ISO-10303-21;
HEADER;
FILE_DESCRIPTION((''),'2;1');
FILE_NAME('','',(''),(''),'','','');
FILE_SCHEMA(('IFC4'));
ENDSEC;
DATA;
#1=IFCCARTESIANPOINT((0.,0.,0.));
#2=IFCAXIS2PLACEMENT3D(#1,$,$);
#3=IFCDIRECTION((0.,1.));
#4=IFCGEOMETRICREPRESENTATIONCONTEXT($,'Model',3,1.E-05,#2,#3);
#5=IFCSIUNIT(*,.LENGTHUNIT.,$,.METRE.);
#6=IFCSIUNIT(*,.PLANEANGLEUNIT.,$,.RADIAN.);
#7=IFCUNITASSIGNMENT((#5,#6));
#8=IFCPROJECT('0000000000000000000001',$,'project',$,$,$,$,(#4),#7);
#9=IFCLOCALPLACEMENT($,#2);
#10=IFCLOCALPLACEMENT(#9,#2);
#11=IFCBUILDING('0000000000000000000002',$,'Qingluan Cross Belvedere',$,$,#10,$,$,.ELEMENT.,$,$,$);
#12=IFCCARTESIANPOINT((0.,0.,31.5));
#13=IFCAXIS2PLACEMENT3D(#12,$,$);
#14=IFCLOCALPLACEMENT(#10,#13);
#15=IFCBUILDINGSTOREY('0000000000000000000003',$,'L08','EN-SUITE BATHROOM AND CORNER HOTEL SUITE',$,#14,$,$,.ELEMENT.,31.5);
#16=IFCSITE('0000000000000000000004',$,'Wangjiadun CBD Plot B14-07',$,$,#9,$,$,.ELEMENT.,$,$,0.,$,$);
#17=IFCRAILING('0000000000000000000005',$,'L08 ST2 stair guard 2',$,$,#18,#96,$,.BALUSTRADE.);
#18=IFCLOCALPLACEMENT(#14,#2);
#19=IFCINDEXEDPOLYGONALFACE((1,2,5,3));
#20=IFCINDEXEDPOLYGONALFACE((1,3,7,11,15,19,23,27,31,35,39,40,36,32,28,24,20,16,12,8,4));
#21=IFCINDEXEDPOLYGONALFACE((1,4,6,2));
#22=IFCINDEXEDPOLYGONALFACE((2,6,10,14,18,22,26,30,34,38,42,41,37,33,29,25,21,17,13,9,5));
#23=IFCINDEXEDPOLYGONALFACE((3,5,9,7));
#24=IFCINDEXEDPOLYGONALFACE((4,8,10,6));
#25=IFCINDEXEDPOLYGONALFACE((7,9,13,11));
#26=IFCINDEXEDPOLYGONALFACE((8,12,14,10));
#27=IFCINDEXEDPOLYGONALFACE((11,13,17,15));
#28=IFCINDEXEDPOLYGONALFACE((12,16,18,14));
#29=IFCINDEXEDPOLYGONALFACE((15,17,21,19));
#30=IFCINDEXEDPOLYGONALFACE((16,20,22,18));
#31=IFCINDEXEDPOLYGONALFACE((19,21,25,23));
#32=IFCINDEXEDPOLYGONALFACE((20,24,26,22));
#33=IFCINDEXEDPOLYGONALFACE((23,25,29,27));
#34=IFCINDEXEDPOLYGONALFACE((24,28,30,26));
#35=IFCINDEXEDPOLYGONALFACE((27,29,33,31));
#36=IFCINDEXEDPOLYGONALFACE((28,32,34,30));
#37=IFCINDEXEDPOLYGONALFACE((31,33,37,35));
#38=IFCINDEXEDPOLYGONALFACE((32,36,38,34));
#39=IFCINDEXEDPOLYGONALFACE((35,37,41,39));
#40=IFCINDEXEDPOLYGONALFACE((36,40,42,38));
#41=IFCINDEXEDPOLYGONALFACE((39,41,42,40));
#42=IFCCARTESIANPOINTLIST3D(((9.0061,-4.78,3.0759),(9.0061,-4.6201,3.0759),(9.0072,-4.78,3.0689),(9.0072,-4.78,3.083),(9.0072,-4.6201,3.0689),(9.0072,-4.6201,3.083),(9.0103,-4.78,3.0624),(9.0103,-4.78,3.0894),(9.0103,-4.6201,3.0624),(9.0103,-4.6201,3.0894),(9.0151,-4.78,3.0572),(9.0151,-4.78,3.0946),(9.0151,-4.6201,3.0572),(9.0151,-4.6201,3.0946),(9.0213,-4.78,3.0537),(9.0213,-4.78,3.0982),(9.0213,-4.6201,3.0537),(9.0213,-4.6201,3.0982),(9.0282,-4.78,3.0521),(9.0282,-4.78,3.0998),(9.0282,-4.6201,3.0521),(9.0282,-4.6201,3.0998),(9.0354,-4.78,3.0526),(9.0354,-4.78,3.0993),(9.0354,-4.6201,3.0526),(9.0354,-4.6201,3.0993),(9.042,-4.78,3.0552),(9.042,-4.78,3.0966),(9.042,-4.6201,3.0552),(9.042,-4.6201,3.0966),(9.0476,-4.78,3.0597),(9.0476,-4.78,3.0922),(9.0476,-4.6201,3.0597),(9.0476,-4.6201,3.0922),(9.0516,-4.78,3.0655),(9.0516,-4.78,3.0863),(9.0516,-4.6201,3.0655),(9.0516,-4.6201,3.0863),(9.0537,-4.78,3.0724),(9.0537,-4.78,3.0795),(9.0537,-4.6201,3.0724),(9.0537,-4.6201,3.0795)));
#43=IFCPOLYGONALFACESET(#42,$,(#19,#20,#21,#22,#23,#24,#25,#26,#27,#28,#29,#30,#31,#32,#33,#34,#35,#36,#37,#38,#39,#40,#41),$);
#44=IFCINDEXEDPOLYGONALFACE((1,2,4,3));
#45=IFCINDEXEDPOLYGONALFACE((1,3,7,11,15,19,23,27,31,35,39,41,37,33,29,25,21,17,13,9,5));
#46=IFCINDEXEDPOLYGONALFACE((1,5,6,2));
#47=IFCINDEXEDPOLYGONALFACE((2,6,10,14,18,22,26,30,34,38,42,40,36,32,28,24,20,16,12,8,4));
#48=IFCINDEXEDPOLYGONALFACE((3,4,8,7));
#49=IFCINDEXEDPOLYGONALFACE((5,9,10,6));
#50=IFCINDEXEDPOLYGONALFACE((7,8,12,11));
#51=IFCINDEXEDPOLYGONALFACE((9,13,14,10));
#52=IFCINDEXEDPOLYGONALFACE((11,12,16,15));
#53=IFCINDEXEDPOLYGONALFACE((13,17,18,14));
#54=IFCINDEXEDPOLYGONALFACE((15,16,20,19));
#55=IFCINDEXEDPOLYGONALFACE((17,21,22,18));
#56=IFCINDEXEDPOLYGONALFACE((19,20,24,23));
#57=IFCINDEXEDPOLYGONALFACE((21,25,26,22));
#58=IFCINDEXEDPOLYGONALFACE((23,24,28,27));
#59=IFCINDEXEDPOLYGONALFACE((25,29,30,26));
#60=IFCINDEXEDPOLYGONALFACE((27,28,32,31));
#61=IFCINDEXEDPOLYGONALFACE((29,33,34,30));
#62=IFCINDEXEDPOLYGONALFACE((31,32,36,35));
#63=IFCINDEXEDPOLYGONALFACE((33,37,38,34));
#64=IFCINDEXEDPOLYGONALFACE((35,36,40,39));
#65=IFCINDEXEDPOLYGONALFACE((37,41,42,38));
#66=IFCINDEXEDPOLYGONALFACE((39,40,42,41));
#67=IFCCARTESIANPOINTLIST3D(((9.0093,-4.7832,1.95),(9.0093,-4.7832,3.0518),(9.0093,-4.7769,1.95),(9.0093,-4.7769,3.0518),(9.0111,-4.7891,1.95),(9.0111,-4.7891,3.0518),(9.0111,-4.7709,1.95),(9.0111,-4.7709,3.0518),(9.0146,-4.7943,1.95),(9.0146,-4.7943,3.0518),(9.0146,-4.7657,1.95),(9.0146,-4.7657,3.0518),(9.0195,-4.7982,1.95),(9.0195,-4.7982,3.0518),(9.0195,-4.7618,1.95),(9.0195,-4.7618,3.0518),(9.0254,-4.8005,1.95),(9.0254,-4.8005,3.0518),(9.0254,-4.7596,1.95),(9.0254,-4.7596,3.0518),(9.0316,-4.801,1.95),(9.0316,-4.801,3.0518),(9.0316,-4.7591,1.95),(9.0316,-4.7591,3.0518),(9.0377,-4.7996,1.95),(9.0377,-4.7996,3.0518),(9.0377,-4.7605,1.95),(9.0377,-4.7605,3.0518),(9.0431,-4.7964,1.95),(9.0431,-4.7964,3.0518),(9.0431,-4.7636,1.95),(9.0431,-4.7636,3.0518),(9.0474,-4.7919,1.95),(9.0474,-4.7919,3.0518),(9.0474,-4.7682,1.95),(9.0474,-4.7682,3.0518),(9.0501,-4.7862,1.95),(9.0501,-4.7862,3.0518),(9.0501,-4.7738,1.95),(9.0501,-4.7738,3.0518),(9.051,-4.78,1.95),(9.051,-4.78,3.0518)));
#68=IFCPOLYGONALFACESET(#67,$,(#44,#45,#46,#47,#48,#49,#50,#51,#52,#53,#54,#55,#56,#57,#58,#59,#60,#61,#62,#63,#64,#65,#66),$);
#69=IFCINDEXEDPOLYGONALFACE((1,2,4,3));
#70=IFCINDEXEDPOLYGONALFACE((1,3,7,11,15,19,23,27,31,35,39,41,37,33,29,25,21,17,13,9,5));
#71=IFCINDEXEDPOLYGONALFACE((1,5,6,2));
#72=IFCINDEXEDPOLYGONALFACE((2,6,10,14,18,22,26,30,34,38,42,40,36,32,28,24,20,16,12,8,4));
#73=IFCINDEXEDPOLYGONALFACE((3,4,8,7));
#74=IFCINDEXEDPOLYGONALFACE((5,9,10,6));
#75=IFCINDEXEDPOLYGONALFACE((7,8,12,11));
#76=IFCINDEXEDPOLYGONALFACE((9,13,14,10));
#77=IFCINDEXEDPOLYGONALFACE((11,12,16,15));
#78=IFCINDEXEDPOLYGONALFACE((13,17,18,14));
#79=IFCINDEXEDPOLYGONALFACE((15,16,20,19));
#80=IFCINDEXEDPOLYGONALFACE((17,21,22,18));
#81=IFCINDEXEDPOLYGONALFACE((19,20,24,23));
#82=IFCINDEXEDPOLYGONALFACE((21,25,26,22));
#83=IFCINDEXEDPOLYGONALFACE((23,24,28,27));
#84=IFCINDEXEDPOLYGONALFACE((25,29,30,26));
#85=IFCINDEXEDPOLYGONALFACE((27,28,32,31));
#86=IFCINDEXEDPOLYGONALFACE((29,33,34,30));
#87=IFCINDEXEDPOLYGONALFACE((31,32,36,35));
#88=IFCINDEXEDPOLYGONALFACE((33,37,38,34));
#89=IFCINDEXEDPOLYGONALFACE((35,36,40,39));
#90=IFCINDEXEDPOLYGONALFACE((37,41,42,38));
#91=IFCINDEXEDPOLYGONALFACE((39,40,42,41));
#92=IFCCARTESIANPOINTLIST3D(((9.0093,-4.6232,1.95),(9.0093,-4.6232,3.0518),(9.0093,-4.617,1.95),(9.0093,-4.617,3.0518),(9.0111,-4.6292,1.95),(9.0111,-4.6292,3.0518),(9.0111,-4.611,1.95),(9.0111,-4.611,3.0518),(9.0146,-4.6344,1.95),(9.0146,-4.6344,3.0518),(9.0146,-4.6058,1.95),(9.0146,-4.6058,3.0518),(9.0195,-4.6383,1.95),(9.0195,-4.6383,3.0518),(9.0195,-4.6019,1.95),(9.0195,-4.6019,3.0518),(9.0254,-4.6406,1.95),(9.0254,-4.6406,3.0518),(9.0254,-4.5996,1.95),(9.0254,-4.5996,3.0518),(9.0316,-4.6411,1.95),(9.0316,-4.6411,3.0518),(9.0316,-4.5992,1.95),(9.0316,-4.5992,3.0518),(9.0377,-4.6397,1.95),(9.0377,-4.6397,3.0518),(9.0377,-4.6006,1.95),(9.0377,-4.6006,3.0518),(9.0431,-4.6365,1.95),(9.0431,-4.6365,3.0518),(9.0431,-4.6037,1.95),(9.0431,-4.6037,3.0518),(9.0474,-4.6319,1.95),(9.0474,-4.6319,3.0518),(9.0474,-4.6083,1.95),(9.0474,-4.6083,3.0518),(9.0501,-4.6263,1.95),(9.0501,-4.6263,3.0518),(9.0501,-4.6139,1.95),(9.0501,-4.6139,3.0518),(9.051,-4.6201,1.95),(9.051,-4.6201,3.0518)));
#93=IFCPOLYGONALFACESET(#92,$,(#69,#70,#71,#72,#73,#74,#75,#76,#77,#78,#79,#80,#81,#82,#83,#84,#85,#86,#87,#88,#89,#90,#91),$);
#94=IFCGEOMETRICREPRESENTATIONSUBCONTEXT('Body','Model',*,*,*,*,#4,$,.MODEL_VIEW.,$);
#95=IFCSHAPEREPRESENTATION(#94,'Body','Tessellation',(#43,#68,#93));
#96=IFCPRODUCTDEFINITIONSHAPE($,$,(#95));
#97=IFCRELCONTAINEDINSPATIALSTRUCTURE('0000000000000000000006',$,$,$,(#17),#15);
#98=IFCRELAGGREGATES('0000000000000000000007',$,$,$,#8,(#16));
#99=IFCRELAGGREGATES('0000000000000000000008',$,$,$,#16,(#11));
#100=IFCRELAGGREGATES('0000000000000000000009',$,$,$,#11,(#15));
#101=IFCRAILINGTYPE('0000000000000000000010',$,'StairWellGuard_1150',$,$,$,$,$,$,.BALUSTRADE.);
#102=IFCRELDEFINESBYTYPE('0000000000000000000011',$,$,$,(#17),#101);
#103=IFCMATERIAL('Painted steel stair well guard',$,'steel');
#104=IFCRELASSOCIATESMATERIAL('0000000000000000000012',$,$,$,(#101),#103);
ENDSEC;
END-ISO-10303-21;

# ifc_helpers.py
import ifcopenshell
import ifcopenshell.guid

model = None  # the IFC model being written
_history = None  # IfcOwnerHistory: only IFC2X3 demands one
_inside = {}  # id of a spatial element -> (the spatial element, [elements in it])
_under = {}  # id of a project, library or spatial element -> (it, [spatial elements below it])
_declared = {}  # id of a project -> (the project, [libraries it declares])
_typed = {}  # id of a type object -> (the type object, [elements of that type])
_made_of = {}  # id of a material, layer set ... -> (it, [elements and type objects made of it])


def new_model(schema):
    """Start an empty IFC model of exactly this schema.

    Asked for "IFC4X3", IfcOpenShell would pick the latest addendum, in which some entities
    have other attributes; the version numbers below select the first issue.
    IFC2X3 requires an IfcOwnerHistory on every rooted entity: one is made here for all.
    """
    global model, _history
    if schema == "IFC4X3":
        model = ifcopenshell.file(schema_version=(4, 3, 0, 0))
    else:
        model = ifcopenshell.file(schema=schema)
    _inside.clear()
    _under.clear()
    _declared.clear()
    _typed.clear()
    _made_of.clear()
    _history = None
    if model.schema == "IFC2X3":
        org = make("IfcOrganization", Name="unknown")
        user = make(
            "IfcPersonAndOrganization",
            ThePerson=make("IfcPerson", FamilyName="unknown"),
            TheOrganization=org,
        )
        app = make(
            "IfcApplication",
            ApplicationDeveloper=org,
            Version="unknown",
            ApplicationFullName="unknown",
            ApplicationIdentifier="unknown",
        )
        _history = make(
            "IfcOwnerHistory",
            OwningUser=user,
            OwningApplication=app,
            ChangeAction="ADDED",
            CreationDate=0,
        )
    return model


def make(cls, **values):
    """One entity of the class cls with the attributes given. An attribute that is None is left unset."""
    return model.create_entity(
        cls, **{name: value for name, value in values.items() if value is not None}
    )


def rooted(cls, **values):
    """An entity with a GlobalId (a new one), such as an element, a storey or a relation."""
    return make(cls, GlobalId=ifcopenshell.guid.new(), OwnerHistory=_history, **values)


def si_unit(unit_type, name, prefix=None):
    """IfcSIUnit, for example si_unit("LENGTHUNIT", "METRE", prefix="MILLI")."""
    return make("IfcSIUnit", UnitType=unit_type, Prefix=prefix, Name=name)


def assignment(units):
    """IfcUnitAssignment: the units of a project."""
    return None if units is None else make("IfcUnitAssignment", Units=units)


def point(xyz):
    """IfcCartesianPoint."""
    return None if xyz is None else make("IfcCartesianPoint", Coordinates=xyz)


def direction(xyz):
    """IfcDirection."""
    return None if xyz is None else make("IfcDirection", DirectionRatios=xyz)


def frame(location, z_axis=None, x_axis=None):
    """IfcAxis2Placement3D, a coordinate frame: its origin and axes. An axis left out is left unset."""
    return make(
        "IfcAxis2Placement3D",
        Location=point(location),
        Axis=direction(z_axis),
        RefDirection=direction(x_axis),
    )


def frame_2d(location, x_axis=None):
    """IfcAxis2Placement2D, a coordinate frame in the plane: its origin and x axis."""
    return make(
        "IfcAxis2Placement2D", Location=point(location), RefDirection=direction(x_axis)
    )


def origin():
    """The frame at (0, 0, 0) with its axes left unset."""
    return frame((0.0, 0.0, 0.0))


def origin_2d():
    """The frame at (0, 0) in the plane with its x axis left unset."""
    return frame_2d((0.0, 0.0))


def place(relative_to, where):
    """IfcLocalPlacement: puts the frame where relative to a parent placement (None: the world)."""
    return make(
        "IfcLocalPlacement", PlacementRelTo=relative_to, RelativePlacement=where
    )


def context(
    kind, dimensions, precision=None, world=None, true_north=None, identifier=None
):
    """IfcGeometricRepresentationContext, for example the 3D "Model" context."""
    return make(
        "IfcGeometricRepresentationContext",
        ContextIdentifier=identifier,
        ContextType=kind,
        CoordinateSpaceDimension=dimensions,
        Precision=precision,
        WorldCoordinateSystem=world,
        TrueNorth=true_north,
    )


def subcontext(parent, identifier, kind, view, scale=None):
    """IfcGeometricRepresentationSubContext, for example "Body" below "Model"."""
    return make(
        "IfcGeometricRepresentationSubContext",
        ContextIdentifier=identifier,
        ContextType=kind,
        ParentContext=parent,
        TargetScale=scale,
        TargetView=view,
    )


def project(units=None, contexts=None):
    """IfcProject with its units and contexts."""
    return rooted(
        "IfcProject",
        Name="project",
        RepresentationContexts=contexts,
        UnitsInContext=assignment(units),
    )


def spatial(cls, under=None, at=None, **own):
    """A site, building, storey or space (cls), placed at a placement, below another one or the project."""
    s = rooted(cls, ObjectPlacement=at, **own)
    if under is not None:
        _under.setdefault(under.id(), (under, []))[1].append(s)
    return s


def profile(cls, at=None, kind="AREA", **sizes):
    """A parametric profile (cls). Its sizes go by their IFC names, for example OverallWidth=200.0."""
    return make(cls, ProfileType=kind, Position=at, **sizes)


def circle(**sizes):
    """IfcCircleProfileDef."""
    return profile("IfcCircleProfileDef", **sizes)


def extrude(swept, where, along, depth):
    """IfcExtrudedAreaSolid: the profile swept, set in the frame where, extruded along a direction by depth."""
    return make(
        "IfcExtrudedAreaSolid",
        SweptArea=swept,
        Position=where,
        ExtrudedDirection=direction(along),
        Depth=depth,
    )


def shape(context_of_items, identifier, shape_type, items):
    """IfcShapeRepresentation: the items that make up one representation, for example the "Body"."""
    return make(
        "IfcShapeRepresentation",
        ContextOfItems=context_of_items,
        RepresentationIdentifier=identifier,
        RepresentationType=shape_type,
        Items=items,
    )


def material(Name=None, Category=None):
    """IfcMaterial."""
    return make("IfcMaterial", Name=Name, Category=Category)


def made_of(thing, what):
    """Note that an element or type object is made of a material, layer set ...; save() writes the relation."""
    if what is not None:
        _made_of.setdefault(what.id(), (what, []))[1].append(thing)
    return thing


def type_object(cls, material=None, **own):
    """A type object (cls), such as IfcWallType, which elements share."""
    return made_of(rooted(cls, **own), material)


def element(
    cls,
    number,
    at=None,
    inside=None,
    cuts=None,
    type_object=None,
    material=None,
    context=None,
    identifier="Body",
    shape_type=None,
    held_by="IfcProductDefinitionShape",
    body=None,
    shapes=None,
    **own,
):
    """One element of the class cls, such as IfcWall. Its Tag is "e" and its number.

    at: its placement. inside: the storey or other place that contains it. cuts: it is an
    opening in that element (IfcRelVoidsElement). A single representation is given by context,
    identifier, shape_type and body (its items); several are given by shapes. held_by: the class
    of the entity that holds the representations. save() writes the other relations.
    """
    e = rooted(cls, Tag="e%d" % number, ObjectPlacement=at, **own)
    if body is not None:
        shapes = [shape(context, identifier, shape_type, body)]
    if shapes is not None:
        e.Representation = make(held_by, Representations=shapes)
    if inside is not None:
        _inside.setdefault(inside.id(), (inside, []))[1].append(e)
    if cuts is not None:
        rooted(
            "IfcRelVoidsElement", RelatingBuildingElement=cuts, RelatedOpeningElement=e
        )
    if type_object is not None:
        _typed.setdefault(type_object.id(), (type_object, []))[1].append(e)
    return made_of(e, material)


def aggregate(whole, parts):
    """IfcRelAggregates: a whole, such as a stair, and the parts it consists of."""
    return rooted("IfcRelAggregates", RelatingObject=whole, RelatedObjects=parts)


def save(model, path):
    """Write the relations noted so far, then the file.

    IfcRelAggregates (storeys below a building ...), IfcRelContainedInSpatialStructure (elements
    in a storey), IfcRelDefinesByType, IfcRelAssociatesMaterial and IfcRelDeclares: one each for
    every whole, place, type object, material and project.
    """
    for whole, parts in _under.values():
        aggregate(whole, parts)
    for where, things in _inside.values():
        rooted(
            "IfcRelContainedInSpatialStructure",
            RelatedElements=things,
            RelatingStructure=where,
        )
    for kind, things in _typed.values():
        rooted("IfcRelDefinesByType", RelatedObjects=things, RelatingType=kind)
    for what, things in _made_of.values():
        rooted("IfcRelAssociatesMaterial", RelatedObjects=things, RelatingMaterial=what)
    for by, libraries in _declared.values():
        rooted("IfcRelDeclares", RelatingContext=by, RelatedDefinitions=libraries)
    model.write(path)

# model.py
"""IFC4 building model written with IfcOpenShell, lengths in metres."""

from ifc_helpers import new_model, si_unit, direction, frame, origin, origin_2d, place, context, subcontext, project, spatial, circle, extrude, material, type_object, element, save


model = new_model("IFC4")

# Units and contexts
model_context = context("Model", 3, precision=1e-05, world=origin(), true_north=direction((0.0, 1.0)))
body_context = subcontext(model_context, "Body", "Model", "MODEL_VIEW")
ifc_project = project(units=[si_unit("LENGTHUNIT", "METRE"), si_unit("PLANEANGLEUNIT", "RADIAN")], contexts=[model_context])

# Site, building, storey
site_placement = place(None, origin())
site = spatial("IfcSite", under=ifc_project, at=site_placement, Name="Wangjiadun CBD Plot B14-07", CompositionType="ELEMENT", RefElevation=0.0)
building_placement = place(site_placement, origin())
building = spatial("IfcBuilding", under=site, at=building_placement, Name="Qingluan Cross Belvedere", CompositionType="ELEMENT")
storey_placement = place(building_placement, frame((0.0, 0.0, 31.5)))
storey = spatial("IfcBuildingStorey", under=building, at=storey_placement, Name="L08", Description="EN-SUITE BATHROOM AND CORNER HOTEL SUITE", CompositionType="ELEMENT", Elevation=31.5)

# Railing
ifc_material_1 = material(Name="Painted steel stair well guard", Category="steel")
railing_type_1 = type_object("IfcRailingType", Name="StairWellGuard_1150", PredefinedType="BALUSTRADE", material=ifc_material_1)
railing_1_placement = place(storey_placement, frame((9.03, -4.78, 1.95)))
element("IfcRailing", 1, at=railing_1_placement, inside=storey, type_object=railing_type_1, Name="L08 ST2 stair guard 2", PredefinedType="BALUSTRADE", context=body_context, shape_type="SweptSolid", body=[
    extrude(circle(Radius=0.0239, at=origin_2d()), frame((0.0, 0.0, 1.126), z_axis=(0.0, 1.0, 0.0), x_axis=(-1.0, 0.0, 0.0)), (0.0, 0.0, 1.0), 0.1599),
    extrude(circle(Radius=0.021, at=origin_2d()), origin(), (0.0, 0.0, 1.0), 1.1018),
    extrude(circle(Radius=0.021, at=origin_2d()), frame((0.0, 0.1599, 0.0)), (0.0, 0.0, 1.0), 1.1018),
])

save(model, "model.ifc")
